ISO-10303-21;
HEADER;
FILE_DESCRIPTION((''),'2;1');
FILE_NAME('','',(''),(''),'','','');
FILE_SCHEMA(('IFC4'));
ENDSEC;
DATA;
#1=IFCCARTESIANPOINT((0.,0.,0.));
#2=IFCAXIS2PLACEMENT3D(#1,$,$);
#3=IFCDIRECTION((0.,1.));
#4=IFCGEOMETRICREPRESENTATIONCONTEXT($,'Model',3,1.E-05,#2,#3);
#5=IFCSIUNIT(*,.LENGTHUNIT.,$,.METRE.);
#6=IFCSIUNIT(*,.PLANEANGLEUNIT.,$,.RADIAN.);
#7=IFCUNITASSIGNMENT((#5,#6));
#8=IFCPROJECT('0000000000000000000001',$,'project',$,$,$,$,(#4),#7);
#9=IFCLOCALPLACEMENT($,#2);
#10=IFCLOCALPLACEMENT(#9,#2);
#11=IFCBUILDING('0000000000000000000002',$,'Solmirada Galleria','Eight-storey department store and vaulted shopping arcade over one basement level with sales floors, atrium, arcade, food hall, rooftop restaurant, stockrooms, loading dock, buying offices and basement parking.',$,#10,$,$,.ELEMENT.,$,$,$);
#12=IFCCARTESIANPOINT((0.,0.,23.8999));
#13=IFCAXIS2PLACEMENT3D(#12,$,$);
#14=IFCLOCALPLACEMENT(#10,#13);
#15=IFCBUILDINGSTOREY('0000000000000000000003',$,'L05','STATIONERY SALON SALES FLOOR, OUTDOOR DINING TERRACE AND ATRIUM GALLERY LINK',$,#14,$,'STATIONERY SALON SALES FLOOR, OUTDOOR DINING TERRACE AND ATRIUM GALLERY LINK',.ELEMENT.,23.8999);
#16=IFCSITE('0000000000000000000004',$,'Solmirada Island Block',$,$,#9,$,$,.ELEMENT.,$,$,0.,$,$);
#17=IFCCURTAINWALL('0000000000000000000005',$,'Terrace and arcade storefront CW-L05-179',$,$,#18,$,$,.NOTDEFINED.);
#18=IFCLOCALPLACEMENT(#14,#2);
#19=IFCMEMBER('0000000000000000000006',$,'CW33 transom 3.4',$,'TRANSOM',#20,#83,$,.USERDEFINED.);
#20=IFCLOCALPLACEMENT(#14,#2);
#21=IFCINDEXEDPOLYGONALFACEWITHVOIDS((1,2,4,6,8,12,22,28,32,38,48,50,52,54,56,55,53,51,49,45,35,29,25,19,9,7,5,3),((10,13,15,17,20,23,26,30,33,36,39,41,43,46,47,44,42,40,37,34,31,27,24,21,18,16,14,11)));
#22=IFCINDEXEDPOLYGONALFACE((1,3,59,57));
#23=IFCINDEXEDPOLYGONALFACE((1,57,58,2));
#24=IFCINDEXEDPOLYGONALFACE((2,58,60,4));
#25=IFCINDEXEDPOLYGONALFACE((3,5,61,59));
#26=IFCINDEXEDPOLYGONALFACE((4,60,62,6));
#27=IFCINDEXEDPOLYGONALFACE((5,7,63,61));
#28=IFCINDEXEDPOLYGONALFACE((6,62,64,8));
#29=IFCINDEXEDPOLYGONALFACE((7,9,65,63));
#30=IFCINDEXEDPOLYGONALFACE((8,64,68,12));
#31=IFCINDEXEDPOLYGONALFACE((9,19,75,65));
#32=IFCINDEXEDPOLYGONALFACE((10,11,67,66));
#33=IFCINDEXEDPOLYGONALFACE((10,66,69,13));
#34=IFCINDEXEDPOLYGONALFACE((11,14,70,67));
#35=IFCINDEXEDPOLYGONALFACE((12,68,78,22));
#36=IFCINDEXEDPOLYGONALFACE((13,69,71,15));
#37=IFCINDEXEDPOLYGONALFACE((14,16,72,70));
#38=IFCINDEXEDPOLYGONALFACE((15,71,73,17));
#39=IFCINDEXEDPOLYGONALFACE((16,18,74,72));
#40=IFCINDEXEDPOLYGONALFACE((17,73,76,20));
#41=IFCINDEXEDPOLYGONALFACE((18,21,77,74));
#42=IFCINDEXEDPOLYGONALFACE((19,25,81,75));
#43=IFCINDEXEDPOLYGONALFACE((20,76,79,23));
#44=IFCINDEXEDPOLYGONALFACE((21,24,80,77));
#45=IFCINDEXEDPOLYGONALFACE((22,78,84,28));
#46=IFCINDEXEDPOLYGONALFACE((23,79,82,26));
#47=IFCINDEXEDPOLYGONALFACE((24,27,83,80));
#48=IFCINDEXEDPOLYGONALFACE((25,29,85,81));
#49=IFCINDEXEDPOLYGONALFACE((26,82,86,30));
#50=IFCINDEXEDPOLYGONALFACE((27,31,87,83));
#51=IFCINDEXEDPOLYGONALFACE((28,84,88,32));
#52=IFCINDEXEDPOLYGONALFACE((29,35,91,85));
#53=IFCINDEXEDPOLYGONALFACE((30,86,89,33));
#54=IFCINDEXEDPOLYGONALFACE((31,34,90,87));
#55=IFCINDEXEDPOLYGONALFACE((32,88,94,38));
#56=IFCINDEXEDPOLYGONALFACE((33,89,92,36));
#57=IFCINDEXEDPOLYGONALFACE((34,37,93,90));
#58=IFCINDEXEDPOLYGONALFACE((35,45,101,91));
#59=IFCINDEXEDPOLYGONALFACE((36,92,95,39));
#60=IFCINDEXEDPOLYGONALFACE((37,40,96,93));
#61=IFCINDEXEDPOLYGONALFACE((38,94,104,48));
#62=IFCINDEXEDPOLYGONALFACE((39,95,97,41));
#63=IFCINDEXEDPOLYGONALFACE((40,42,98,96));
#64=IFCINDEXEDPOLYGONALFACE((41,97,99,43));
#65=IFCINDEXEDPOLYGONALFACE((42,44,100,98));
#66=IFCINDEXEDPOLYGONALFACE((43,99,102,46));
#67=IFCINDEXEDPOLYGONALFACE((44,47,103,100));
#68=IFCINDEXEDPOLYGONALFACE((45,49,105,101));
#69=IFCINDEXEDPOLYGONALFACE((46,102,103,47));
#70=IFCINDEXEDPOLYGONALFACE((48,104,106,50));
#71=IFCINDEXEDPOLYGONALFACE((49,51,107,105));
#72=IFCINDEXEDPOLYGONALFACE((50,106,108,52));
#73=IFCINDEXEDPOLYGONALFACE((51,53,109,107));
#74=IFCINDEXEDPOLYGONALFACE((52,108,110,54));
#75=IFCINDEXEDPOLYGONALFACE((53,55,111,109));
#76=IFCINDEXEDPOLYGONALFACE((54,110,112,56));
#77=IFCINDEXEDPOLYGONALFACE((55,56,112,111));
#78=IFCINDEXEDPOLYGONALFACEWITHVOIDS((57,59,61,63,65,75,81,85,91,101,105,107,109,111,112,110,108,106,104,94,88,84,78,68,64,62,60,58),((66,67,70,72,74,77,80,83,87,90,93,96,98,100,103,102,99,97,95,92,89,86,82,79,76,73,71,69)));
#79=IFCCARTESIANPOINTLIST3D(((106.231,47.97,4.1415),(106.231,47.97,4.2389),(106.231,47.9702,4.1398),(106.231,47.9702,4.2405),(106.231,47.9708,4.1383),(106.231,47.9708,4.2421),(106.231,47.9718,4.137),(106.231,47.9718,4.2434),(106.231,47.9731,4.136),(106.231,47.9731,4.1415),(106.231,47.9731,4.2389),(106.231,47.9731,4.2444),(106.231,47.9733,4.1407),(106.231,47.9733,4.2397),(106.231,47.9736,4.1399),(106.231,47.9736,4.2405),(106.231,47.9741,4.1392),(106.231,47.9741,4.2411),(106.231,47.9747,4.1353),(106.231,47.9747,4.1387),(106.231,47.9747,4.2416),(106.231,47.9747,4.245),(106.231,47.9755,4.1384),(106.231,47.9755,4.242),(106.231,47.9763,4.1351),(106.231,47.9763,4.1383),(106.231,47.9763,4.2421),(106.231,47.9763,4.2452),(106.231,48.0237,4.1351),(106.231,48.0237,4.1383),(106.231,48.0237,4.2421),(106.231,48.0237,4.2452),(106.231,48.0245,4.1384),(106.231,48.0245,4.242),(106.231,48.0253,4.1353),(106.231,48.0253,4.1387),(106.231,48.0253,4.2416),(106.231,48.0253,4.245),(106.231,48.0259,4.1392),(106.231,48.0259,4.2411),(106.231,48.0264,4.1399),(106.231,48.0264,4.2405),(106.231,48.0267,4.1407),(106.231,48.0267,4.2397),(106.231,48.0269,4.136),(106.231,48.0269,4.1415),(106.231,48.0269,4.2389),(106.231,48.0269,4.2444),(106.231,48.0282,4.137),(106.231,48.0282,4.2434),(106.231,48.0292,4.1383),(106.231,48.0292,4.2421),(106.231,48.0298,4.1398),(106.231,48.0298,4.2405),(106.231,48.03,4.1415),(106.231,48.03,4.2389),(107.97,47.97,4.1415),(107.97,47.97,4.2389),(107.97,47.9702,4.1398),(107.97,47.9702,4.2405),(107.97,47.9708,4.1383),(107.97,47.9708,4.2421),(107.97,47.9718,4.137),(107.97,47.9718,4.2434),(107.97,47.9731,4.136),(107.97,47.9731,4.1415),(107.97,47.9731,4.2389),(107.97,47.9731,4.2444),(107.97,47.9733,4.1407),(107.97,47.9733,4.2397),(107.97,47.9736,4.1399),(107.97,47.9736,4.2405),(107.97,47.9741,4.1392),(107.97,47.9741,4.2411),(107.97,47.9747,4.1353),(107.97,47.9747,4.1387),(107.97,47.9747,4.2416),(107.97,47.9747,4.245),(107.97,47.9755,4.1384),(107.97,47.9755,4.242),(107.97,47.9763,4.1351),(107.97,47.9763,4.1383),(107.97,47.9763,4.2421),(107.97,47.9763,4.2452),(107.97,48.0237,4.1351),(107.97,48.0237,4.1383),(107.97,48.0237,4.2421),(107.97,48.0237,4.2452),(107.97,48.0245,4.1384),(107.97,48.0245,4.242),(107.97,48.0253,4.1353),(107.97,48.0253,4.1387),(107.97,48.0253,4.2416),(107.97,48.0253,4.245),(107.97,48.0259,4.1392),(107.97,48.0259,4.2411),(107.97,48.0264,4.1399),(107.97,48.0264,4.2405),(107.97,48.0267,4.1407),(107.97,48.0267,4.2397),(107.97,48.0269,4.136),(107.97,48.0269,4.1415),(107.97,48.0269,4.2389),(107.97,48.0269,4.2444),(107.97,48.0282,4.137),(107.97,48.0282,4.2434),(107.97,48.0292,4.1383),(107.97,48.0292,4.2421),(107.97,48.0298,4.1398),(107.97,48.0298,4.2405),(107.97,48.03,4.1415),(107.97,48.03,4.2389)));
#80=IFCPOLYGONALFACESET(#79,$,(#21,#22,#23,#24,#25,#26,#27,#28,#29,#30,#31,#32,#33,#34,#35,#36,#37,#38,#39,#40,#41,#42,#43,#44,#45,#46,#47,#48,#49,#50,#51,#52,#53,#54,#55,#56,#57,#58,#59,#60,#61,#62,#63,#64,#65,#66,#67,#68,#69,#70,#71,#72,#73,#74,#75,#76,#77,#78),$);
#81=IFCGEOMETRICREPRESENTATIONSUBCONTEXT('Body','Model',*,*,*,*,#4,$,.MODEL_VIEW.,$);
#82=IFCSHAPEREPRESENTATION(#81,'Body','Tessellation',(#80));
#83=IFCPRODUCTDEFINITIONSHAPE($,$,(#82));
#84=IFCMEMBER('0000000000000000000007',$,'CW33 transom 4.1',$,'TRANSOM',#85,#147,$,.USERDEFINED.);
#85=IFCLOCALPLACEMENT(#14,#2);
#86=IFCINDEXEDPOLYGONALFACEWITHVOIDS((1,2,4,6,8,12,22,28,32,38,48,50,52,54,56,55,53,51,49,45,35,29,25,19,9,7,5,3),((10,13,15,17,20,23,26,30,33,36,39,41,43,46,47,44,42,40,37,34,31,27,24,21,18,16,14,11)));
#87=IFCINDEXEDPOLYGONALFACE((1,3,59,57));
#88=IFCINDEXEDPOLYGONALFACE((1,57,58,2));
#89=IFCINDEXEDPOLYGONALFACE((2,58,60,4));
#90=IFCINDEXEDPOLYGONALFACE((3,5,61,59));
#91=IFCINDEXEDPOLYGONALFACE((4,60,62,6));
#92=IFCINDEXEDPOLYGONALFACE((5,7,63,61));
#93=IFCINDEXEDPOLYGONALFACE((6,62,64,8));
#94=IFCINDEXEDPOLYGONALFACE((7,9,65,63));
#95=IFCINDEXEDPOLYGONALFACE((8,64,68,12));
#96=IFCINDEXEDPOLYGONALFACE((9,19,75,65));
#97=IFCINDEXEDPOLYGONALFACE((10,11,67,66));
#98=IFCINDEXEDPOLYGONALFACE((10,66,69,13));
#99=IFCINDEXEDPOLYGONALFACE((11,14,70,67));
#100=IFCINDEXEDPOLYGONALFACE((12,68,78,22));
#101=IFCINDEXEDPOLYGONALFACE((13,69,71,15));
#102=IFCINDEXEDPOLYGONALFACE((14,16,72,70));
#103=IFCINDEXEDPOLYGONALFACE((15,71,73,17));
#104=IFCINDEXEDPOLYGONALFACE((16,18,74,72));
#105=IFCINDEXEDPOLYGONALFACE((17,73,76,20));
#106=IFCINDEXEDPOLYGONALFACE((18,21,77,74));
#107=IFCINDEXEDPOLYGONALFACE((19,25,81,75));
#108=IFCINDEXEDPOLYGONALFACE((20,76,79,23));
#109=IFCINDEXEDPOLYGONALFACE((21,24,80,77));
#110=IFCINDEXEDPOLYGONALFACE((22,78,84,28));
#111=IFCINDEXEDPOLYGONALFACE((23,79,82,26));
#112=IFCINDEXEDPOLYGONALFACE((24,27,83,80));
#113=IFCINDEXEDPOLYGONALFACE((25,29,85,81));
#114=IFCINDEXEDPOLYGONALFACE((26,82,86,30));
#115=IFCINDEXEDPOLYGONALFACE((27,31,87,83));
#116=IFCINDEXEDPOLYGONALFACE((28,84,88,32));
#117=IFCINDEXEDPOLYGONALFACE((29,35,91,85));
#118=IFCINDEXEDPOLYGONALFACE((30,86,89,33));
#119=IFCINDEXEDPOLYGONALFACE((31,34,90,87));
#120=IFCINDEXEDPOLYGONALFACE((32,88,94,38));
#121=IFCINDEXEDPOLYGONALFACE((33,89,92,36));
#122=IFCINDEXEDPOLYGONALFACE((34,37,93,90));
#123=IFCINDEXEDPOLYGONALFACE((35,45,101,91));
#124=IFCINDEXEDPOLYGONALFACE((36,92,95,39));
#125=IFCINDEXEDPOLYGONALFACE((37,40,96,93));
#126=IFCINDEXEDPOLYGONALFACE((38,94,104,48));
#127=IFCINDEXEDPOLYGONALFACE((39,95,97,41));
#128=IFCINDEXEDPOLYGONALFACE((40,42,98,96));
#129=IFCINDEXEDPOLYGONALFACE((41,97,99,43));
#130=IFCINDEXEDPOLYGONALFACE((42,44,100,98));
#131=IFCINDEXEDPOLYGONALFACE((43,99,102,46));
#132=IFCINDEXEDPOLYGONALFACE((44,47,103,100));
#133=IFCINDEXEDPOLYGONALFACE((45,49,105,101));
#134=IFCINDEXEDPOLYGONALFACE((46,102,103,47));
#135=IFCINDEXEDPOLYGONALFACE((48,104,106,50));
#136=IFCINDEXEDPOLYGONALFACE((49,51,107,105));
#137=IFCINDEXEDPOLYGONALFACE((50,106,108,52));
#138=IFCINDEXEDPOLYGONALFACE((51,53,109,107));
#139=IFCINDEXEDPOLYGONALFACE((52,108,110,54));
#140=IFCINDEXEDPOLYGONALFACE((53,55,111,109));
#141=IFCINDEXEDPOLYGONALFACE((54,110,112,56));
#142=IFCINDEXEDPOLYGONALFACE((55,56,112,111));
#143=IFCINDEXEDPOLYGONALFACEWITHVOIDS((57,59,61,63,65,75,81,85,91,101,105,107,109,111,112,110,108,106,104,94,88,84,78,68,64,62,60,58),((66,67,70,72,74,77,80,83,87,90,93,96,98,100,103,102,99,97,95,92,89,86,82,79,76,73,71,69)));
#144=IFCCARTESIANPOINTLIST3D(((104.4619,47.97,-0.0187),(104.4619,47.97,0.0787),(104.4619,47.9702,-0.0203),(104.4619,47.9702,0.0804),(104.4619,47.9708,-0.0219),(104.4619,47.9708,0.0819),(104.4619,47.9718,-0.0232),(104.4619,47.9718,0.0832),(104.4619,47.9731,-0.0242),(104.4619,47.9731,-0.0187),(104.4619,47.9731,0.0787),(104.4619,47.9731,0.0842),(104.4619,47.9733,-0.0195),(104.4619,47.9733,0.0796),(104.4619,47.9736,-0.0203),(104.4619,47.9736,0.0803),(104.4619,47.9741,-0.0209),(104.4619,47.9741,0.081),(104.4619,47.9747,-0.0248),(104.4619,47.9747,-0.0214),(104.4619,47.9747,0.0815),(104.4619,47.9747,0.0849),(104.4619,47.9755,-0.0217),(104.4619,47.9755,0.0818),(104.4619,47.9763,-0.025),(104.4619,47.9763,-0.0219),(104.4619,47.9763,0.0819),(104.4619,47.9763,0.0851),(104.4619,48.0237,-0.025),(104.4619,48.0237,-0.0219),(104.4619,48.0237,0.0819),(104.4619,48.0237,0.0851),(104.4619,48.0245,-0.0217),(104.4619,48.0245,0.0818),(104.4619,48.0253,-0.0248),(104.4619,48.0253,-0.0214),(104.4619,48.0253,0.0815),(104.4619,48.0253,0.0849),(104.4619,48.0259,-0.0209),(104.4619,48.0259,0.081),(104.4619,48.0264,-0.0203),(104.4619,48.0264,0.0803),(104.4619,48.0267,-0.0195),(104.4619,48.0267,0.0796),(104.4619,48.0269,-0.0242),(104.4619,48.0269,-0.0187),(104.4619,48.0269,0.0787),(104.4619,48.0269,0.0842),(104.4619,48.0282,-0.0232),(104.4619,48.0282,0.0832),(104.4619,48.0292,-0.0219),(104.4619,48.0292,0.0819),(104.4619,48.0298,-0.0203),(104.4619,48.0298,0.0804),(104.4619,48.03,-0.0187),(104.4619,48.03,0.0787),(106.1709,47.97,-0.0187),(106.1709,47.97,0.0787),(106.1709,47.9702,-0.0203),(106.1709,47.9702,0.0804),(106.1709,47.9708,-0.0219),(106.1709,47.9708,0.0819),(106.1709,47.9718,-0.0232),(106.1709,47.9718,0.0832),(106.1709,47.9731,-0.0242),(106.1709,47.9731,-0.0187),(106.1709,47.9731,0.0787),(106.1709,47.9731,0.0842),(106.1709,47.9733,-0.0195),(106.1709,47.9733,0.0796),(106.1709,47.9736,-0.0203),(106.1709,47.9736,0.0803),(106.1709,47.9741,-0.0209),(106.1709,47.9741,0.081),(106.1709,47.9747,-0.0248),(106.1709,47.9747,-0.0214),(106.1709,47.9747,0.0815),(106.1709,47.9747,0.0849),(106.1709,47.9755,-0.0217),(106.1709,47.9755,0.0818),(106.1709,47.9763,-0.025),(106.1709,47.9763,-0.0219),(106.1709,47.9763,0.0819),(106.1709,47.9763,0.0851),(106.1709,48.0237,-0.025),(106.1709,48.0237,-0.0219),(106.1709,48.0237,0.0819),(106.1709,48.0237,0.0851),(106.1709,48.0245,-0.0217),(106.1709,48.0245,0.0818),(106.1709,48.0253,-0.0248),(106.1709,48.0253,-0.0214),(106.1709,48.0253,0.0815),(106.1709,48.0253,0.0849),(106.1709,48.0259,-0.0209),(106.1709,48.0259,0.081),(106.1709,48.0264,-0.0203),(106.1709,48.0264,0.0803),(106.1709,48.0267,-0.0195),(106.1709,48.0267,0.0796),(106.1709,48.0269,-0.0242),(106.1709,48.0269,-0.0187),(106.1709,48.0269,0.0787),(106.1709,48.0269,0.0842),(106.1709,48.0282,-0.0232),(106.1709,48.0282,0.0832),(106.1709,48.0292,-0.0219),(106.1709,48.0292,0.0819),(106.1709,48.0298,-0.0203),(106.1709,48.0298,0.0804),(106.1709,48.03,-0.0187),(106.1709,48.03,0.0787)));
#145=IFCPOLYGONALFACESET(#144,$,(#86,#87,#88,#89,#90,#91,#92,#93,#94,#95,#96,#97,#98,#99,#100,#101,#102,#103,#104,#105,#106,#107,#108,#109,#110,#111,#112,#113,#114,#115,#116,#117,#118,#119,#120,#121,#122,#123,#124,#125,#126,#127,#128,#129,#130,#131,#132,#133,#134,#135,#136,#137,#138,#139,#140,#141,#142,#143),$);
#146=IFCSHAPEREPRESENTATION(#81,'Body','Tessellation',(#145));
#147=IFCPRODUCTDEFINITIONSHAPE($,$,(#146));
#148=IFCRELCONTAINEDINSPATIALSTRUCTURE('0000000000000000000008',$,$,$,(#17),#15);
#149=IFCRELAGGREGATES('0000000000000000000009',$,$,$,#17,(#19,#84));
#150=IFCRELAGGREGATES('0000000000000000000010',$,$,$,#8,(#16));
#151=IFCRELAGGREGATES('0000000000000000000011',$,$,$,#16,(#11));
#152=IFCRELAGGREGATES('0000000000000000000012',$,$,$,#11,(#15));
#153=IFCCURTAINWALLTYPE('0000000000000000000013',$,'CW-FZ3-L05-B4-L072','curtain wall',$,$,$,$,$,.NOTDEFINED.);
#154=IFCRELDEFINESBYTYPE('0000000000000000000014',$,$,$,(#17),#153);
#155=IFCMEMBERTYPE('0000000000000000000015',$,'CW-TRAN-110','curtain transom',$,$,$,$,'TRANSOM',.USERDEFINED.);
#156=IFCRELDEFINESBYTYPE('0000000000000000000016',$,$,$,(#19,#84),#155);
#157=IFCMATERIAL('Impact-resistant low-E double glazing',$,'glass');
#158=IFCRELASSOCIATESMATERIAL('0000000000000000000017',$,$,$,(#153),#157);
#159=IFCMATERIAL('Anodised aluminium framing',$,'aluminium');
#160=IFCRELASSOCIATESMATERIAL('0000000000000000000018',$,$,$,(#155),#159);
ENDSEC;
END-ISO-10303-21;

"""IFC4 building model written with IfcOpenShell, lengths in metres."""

from ifc_helpers import new_model, si_unit, direction, frame, origin, origin_2d, place, context, subcontext, project, spatial, hollow_rectangle, extrude, material, material_profile, profile_set, type_object, element, aggregate, save


model = new_model("IFC4")

# Units and contexts
model_context = context("Model", 3, precision=1e-05, world=origin(), true_north=direction((0.0, 1.0)))
body_context = subcontext(model_context, "Body", "Model", "MODEL_VIEW")
ifc_project = project(units=[si_unit("LENGTHUNIT", "METRE"), si_unit("PLANEANGLEUNIT", "RADIAN")], contexts=[model_context])

# Site, building, storey
site_placement = place(None, origin())
site = spatial("IfcSite", under=ifc_project, at=site_placement, Name="Solmirada Island Block", CompositionType="ELEMENT", RefElevation=0.0)
building_placement = place(site_placement, origin())
building = spatial("IfcBuilding", under=site, at=building_placement, Name="Solmirada Galleria", Description="Eight-storey department store and vaulted shopping arcade over one basement level with sales floors, atrium, arcade, food hall, rooftop restaurant, stockrooms, loading dock, buying offices and basement parking.", CompositionType="ELEMENT")
storey_placement = place(building_placement, frame((0.0, 0.0, 23.8999)))
storey = spatial("IfcBuildingStorey", under=building, at=storey_placement, Name="L05", Description="STATIONERY SALON SALES FLOOR, OUTDOOR DINING TERRACE AND ATRIUM GALLERY LINK", LongName="STATIONERY SALON SALES FLOOR, OUTDOOR DINING TERRACE AND ATRIUM GALLERY LINK", CompositionType="ELEMENT", Elevation=23.8999)

# Curtain wall
ifc_material_1 = material(Name="Impact-resistant low-E double glazing", Category="glass")
curtain_wall_type = type_object("IfcCurtainWallType", Name="CW-FZ3-L05-B4-L072", Description="curtain wall", PredefinedType="NOTDEFINED", material=ifc_material_1)
curtain_wall_1_placement = place(storey_placement, origin())
curtain_wall_1 = element("IfcCurtainWall", 1, at=curtain_wall_1_placement, inside=storey, type_object=curtain_wall_type, Name="Terrace and arcade storefront CW-L05-179", PredefinedType="NOTDEFINED")
ifc_material_2 = material(Name="Anodised aluminium framing", Category="aluminium")

# Members
ifc_material_profile_1 = material_profile(ifc_material_2, hollow_rectangle(XDim=0.0601, YDim=0.1101, WallThickness=0.0032, InnerFilletRadius=0.0032, OuterFilletRadius=0.0063, at=origin_2d()), Name="ALU-TRAN-110X60")
ifc_profile_set_1 = profile_set([ifc_material_profile_1], Name="Anodised aluminium framing")
member_type_1 = type_object("IfcMemberType", Name="CW-TRAN-110", Description="curtain transom", ElementType="TRANSOM", PredefinedType="USERDEFINED", material=ifc_profile_set_1)
member_1_placement = place(storey_placement, frame((107.97, 48.0, 4.1902), z_axis=(-1.0, 0.0, 0.0), x_axis=(0.0, -1.0, 0.0)))
member_1 = element("IfcMember", 2, at=member_1_placement, type_object=member_type_1, Name="CW33 transom 3.4", ObjectType="TRANSOM", PredefinedType="USERDEFINED", context=body_context, shape_type="SweptSolid", body=[
    extrude(hollow_rectangle(XDim=0.0601, YDim=0.1101, WallThickness=0.0032, InnerFilletRadius=0.0032, OuterFilletRadius=0.0063, at=origin_2d()), origin(), (0.0, 0.0, 1.0), 1.739),
])
member_2_placement = place(storey_placement, frame((106.1709, 48.0, 0.03), z_axis=(-1.0, 0.0, 0.0), x_axis=(0.0, -1.0, 0.0)))
member_2 = element("IfcMember", 3, at=member_2_placement, type_object=member_type_1, Name="CW33 transom 4.1", ObjectType="TRANSOM", PredefinedType="USERDEFINED", context=body_context, shape_type="SweptSolid", body=[
    extrude(hollow_rectangle(XDim=0.0601, YDim=0.1101, WallThickness=0.0032, InnerFilletRadius=0.0032, OuterFilletRadius=0.0063, at=origin_2d()), origin(), (0.0, 0.0, 1.0), 1.709),
])

aggregate(curtain_wall_1, [member_1, member_2])

save(model, "model.ifc")
